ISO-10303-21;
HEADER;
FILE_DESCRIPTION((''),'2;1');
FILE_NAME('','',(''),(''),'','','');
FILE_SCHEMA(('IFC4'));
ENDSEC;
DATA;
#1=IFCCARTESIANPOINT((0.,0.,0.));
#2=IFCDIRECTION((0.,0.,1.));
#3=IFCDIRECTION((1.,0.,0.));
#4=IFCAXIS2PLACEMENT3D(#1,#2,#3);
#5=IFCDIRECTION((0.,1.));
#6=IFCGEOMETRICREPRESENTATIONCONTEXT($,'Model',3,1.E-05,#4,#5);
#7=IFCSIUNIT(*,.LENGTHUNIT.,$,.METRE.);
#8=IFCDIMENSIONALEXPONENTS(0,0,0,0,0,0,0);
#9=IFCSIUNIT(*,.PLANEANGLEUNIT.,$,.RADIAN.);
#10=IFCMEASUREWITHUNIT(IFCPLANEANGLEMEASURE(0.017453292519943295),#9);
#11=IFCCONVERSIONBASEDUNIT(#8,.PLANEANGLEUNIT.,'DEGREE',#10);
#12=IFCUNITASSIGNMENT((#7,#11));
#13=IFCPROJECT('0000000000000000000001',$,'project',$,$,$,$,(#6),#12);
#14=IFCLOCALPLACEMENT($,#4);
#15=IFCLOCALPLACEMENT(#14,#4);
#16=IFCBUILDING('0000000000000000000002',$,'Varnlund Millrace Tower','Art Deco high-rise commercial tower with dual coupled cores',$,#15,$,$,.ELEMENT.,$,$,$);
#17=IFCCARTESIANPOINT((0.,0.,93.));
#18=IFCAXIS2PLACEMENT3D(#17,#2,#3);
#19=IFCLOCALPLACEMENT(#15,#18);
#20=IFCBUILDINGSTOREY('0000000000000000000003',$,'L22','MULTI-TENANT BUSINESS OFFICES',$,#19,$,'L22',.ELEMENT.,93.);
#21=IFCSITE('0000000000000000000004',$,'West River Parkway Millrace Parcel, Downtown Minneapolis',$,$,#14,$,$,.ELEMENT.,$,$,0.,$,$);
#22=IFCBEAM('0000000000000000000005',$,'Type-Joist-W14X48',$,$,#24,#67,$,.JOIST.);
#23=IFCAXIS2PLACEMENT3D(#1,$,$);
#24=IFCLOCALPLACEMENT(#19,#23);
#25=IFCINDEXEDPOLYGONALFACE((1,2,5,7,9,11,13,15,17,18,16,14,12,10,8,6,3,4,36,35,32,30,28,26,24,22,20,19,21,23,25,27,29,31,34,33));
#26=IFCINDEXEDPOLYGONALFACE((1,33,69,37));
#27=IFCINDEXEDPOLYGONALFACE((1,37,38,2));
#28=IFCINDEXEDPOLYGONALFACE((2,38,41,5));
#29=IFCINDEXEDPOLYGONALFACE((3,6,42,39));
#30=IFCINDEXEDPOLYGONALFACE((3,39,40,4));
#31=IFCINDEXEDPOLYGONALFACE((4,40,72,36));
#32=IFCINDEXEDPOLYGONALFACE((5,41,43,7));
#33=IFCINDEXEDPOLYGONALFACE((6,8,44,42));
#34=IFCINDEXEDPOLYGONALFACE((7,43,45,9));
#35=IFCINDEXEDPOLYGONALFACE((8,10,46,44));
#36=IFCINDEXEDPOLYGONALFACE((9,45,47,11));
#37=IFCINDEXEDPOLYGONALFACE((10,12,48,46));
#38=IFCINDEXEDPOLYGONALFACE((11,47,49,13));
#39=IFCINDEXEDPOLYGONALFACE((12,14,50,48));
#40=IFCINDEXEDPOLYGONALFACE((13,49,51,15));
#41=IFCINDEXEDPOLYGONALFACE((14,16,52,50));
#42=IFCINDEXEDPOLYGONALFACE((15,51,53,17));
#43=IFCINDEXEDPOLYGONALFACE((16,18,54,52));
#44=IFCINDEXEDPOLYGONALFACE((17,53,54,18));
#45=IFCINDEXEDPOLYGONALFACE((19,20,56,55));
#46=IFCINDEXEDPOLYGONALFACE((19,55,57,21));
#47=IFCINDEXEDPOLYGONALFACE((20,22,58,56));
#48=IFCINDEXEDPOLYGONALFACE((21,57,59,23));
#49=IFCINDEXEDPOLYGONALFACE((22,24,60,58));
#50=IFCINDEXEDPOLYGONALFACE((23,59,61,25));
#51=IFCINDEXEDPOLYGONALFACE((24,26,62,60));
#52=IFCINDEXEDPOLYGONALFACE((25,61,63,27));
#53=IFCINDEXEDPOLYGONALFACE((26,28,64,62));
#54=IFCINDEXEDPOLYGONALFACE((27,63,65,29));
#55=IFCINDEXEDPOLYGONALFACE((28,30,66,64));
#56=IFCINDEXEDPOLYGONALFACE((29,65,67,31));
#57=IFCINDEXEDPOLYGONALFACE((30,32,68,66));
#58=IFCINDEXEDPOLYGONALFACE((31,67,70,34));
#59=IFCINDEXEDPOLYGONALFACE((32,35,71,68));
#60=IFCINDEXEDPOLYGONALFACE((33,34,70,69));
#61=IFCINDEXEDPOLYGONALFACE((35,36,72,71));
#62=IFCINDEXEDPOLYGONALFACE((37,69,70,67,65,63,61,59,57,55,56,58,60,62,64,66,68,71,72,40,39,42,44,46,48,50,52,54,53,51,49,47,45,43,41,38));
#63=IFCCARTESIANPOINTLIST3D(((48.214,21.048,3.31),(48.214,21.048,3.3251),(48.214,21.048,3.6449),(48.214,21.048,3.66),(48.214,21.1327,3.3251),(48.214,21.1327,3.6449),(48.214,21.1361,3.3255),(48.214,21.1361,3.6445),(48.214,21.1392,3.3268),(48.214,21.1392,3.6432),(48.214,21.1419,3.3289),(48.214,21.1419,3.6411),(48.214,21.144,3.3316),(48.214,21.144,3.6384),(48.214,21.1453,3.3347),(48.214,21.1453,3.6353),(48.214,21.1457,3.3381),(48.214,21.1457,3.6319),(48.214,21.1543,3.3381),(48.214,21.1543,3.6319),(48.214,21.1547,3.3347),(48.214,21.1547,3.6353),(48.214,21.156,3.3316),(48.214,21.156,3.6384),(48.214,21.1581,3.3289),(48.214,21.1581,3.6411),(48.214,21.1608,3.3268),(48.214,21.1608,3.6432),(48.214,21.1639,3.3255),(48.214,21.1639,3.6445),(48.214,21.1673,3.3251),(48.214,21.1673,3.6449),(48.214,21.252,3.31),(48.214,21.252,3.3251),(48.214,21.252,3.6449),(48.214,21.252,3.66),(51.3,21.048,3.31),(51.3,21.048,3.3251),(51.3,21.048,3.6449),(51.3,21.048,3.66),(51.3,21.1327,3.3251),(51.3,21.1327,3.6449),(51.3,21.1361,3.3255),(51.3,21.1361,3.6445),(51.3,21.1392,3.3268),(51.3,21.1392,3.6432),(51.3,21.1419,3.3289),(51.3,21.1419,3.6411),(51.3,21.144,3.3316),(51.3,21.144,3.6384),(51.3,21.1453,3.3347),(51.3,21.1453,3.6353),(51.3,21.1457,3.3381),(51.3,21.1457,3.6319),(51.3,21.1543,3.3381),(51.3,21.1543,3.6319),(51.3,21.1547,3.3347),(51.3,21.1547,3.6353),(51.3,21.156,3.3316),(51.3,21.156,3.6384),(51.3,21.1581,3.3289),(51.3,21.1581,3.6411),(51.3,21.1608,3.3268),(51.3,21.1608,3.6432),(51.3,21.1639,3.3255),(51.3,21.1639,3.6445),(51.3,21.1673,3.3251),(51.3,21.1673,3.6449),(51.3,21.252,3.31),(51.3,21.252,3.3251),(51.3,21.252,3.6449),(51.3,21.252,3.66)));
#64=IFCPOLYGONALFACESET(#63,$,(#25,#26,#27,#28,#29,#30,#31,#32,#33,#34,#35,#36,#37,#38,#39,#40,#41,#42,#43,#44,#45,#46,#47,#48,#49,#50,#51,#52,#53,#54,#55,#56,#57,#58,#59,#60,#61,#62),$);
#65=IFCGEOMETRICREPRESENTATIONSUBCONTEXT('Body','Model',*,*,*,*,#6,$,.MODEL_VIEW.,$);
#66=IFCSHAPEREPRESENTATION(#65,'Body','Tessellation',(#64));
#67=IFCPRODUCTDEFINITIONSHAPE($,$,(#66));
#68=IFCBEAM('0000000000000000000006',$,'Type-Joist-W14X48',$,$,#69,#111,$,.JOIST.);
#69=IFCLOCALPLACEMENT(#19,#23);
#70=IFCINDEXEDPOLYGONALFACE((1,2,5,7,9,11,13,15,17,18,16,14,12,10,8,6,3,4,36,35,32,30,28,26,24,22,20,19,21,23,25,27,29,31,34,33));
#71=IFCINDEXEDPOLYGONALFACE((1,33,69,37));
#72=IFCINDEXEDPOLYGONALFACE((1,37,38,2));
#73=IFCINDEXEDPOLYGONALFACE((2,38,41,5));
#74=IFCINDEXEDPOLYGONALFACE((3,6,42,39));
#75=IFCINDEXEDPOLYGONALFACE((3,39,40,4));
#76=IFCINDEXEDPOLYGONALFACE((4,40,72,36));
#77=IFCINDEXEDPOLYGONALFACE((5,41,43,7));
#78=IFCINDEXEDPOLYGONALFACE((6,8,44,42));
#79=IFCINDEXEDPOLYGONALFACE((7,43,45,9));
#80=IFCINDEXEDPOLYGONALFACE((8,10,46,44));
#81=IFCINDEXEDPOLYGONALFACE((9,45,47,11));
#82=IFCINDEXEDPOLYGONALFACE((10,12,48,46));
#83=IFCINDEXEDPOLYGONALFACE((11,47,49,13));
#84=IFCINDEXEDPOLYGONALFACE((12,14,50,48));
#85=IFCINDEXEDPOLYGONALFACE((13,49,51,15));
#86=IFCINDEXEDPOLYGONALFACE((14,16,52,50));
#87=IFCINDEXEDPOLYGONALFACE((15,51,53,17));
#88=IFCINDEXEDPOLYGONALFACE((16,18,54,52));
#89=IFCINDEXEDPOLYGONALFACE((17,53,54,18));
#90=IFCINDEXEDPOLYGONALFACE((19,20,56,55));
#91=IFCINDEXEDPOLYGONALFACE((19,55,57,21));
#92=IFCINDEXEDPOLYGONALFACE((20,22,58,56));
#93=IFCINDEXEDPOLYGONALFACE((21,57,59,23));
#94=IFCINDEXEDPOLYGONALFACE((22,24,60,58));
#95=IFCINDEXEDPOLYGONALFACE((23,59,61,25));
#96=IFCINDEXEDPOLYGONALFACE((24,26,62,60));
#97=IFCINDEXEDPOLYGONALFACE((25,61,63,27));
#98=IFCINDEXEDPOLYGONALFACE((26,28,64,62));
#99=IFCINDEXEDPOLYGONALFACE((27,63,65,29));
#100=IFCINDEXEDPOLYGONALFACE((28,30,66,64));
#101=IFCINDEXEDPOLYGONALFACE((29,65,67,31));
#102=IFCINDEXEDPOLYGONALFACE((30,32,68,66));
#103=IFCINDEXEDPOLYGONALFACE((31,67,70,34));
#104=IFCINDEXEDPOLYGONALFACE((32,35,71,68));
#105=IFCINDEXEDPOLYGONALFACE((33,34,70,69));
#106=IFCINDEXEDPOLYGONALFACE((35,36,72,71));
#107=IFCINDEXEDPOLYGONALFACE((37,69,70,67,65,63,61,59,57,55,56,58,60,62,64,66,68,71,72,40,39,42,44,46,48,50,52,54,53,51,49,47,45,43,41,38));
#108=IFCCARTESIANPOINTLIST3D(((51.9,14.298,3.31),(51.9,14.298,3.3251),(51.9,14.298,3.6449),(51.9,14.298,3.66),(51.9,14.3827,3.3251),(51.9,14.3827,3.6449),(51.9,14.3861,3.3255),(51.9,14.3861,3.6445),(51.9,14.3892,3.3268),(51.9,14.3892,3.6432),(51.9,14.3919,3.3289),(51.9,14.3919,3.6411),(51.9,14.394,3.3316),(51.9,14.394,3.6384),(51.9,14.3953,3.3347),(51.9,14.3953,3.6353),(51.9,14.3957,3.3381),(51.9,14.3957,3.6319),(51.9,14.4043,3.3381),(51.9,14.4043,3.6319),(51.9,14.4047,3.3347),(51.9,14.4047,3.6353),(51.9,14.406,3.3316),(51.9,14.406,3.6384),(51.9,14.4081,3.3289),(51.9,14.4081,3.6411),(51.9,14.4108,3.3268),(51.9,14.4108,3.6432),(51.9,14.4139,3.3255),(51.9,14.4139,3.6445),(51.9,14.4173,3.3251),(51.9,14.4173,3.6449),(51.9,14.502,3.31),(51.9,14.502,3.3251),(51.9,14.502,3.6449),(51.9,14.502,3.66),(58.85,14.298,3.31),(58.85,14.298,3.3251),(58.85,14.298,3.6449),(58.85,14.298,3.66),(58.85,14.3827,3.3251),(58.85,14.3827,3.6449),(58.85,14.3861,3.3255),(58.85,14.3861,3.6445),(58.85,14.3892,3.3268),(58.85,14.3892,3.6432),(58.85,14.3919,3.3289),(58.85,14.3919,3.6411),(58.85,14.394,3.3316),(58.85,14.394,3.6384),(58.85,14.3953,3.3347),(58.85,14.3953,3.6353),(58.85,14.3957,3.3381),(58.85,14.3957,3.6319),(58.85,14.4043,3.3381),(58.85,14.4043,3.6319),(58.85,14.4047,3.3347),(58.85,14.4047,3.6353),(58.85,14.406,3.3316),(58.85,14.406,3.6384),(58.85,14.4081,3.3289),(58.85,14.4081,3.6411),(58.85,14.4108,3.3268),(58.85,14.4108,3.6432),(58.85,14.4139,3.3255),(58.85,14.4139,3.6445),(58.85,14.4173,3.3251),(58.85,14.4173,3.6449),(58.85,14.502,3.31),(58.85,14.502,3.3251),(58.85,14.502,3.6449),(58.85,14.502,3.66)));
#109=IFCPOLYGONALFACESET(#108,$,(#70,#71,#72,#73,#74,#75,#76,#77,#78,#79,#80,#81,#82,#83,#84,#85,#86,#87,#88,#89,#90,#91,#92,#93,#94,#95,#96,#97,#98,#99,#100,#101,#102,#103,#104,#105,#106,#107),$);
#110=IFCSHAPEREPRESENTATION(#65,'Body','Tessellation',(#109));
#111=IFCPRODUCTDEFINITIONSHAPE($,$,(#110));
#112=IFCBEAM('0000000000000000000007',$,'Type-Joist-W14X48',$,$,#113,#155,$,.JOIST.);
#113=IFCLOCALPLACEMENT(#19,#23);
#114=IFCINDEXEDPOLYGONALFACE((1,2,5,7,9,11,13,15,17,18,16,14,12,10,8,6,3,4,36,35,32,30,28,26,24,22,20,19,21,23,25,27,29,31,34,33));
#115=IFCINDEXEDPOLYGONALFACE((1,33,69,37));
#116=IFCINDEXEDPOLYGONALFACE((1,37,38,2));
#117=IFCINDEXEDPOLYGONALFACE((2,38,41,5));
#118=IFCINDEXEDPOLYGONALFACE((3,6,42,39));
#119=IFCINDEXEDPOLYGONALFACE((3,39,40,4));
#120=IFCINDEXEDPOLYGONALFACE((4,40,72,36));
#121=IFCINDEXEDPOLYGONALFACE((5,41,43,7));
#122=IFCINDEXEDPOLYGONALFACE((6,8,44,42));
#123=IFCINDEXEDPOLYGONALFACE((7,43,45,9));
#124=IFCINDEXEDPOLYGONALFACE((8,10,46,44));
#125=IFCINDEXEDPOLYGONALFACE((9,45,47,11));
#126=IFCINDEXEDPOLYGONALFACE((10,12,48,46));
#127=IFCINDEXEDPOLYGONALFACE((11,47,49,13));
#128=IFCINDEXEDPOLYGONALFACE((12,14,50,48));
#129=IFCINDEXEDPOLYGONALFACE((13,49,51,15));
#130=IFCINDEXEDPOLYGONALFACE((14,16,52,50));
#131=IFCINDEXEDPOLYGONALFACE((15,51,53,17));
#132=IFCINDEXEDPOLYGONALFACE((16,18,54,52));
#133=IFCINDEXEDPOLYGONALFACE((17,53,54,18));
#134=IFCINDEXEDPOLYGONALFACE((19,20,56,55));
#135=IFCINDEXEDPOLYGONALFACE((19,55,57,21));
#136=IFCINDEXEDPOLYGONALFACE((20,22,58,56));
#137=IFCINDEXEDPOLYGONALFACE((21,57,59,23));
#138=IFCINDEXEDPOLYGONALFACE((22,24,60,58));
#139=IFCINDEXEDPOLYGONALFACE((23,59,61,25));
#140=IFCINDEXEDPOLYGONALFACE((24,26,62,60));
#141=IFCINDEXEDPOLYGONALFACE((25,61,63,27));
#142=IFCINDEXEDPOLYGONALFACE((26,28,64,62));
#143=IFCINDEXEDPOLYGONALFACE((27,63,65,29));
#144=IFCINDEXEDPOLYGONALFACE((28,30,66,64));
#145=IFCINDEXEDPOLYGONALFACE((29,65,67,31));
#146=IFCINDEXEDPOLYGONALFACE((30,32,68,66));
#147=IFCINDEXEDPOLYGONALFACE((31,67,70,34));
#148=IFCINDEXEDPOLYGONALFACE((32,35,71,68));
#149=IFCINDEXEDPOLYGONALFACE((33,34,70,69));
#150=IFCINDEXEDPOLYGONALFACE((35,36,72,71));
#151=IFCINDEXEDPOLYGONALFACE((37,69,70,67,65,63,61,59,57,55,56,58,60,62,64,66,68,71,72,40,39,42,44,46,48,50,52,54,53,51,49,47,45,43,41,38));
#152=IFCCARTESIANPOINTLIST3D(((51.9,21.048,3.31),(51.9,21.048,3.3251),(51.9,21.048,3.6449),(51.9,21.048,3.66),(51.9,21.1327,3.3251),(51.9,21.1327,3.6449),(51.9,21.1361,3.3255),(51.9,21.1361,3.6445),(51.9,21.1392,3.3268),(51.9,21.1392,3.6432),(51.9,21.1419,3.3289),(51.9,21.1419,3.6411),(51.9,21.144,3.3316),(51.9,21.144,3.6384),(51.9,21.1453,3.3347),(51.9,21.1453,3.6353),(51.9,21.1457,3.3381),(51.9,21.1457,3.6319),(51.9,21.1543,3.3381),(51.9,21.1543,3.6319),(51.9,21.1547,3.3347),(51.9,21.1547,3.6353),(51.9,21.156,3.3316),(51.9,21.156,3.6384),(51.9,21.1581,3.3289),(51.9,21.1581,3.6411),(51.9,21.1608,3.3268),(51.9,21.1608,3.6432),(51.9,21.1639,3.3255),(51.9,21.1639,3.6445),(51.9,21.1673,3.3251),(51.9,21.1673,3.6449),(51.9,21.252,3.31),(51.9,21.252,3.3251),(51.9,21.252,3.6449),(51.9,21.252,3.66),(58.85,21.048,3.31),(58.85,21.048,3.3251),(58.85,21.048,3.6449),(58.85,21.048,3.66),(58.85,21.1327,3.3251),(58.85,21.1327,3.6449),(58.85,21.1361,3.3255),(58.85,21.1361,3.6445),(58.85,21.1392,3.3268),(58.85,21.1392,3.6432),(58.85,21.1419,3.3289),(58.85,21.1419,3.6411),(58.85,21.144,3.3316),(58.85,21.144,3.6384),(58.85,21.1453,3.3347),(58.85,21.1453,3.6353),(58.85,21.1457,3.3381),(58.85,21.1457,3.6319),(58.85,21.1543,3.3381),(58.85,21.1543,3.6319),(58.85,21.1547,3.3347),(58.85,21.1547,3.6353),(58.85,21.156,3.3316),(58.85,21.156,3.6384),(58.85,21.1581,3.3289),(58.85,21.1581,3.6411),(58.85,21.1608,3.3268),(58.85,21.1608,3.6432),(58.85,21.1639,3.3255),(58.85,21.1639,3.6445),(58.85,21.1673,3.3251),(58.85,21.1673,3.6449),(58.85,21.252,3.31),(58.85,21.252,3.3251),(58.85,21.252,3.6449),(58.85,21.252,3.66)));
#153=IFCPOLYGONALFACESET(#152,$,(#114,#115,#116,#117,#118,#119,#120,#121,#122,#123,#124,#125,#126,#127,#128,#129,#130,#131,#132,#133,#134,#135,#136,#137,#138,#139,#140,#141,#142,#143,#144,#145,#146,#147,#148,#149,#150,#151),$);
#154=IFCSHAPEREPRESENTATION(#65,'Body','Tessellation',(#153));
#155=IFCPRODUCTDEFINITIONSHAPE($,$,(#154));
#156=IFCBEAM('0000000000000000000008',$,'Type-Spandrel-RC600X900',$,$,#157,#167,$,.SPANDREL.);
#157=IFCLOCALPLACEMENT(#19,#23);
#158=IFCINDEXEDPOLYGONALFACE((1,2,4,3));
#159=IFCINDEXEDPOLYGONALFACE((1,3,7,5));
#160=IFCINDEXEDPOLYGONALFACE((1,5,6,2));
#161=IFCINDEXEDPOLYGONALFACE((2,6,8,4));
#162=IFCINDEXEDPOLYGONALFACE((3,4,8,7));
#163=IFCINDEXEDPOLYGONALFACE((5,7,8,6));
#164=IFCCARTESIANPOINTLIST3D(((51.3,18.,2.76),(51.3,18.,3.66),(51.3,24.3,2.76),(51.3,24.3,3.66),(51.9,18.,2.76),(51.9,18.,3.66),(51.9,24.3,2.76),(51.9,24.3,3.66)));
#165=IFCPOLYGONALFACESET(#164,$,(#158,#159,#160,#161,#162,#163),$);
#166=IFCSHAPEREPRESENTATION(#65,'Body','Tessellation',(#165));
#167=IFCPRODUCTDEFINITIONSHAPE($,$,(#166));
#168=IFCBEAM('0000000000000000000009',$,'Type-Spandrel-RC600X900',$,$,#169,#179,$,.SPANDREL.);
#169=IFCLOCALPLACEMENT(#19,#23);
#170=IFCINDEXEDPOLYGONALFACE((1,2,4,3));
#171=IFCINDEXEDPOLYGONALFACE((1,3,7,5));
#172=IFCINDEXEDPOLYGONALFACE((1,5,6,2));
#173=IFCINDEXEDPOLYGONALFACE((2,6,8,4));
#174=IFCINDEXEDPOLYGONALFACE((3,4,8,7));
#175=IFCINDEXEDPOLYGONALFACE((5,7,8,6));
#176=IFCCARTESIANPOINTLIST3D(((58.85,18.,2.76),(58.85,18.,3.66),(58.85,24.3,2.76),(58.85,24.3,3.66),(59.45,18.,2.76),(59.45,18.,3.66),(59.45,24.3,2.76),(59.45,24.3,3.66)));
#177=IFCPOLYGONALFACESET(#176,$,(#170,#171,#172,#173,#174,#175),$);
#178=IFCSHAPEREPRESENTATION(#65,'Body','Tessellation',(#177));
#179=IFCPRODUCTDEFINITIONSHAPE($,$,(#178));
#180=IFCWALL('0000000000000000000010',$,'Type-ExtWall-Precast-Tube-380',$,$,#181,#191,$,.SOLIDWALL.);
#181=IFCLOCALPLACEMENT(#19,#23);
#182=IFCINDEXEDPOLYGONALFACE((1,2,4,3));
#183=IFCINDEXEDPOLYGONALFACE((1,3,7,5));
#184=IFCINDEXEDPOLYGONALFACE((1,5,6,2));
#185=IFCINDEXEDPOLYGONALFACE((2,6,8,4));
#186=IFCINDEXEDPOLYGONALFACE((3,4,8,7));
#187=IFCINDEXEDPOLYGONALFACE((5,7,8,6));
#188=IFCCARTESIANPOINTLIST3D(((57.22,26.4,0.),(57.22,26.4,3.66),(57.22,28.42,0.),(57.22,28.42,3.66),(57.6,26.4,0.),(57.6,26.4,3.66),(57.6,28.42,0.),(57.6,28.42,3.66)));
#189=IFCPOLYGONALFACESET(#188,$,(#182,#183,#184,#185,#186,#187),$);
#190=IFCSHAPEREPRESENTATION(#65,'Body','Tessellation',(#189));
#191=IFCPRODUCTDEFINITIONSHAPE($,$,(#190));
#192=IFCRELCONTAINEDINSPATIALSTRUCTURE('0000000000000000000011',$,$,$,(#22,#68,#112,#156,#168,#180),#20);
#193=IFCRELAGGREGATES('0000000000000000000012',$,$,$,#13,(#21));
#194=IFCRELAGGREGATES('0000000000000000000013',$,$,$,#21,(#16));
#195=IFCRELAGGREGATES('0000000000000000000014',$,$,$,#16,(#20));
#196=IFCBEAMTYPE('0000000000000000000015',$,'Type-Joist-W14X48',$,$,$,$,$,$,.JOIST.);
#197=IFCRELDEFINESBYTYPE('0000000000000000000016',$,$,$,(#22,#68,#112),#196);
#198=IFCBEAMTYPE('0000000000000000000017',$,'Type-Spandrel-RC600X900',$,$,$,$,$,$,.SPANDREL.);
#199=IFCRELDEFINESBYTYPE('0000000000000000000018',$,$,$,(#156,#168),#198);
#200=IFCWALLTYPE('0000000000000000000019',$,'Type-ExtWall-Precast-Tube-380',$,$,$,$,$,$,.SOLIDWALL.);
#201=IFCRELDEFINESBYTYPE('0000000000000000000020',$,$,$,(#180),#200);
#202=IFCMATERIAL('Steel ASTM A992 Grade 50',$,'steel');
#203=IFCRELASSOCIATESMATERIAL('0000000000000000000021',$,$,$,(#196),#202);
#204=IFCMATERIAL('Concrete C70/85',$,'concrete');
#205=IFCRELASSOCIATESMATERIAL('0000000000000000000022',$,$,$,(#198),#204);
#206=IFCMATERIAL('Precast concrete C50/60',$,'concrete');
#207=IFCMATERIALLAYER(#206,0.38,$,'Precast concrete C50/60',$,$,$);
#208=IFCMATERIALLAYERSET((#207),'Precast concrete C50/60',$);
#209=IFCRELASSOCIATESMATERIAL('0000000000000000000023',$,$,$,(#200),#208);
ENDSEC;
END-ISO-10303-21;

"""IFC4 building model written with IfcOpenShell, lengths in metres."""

from ifc_helpers import new_model, entity, si_unit, converted_unit, direction, frame, origin_with_axes, origin_2d_with_axis, place, context, subcontext, project, spatial, polyline, rectangle, i_section, outline, extrude, material, layer, layer_set, material_profile, profile_set, type_object, element, save


model = new_model("IFC4")

# Units and contexts
model_context = context("Model", 3, precision=1e-05, world=origin_with_axes(), true_north=direction((0.0, 1.0)))
body_context = subcontext(model_context, "Body", "Model", "MODEL_VIEW")
ifc_project = project(units=[si_unit("LENGTHUNIT", "METRE"), converted_unit("PLANEANGLEUNIT", "DEGREE", entity("IfcPlaneAngleMeasure", 0.017453292519943295), si_unit("PLANEANGLEUNIT", "RADIAN"), dimensions=[0, 0, 0, 0, 0, 0, 0])], contexts=[model_context])

# Site, building, storey
site_placement = place(None, origin_with_axes())
site = spatial("IfcSite", under=ifc_project, at=site_placement, Name="West River Parkway Millrace Parcel, Downtown Minneapolis", CompositionType="ELEMENT", RefElevation=0.0)
building_placement = place(site_placement, origin_with_axes())
building = spatial("IfcBuilding", under=site, at=building_placement, Name="Varnlund Millrace Tower", Description="Art Deco high-rise commercial tower with dual coupled cores", CompositionType="ELEMENT")
storey_placement = place(building_placement, frame((0.0, 0.0, 93.0), z_axis=(0.0, 0.0, 1.0), x_axis=(1.0, 0.0, 0.0)))
storey = spatial("IfcBuildingStorey", under=building, at=storey_placement, Name="L22", Description="MULTI-TENANT BUSINESS OFFICES", LongName="L22", CompositionType="ELEMENT", Elevation=93.0)

# Beams
ifc_material_1 = material(Name="Steel ASTM A992 Grade 50", Category="steel")
ifc_material_profile_1 = material_profile(ifc_material_1, i_section(OverallWidth=0.204, OverallDepth=0.35, WebThickness=0.0086, FlangeThickness=0.0151, FilletRadius=0.013, at=origin_2d_with_axis()), Name="Steel ASTM A992 Grade 50")
ifc_profile_set_1 = profile_set([ifc_material_profile_1], Name="Steel ASTM A992 Grade 50")
beam_type_1 = type_object("IfcBeamType", Name="Type-Joist-W14X48", PredefinedType="JOIST", material=ifc_profile_set_1)
for number, where, z_axis, x_axis, name in (
    (1, (48.214, 21.15, 3.485), (1.0, 0.0, 0.0), (0.0, 1.0, 0.0), "Type-Joist-W14X48"),
):
    element("IfcBeam", number, at=place(storey_placement, frame(where, z_axis=z_axis, x_axis=x_axis)), inside=storey, type_object=beam_type_1, Name=name, PredefinedType="JOIST", context=body_context, shape_type="SweptSolid", body=[
        extrude(i_section(OverallWidth=0.204, OverallDepth=0.35, WebThickness=0.0086, FlangeThickness=0.0151, FilletRadius=0.013, at=origin_2d_with_axis()), origin_with_axes(), (0.0, 0.0, 1.0), 3.086),
    ])
for number, where, z_axis, x_axis, name in (
    (2, (51.9, 14.4, 3.485), (1.0, 0.0, 0.0), (0.0, 1.0, 0.0), "Type-Joist-W14X48"),
    (3, (51.9, 21.15, 3.485), (1.0, 0.0, 0.0), (0.0, 1.0, 0.0), "Type-Joist-W14X48"),
):
    element("IfcBeam", number, at=place(storey_placement, frame(where, z_axis=z_axis, x_axis=x_axis)), inside=storey, type_object=beam_type_1, Name=name, PredefinedType="JOIST", context=body_context, shape_type="SweptSolid", body=[
        extrude(i_section(OverallWidth=0.204, OverallDepth=0.35, WebThickness=0.0086, FlangeThickness=0.0151, FilletRadius=0.013, at=origin_2d_with_axis()), origin_with_axes(), (0.0, 0.0, 1.0), 6.95),
    ])
ifc_material_2 = material(Name="Concrete C70/85", Category="concrete")
ifc_material_profile_2 = material_profile(ifc_material_2, rectangle(XDim=0.6, YDim=0.9, at=origin_2d_with_axis()), Name="Concrete C70/85")
ifc_profile_set_2 = profile_set([ifc_material_profile_2], Name="Concrete C70/85")
beam_type_2 = type_object("IfcBeamType", Name="Type-Spandrel-RC600X900", PredefinedType="SPANDREL", material=ifc_profile_set_2)
for number, where, z_axis, x_axis, name in (
    (4, (51.6, 18.0, 3.21), (0.0, 1.0, 0.0), (-1.0, 0.0, 0.0), "Type-Spandrel-RC600X900"),
    (5, (59.15, 18.0, 3.21), (0.0, 1.0, 0.0), (-1.0, 0.0, 0.0), "Type-Spandrel-RC600X900"),
):
    element("IfcBeam", number, at=place(storey_placement, frame(where, z_axis=z_axis, x_axis=x_axis)), inside=storey, type_object=beam_type_2, Name=name, PredefinedType="SPANDREL", context=body_context, shape_type="SweptSolid", body=[
        extrude(rectangle(XDim=0.6, YDim=0.9, at=origin_2d_with_axis()), origin_with_axes(), (0.0, 0.0, 1.0), 6.3),
    ])

# Wall
ifc_material_3 = material(Name="Precast concrete C50/60", Category="concrete")
ifc_layer_1 = layer(ifc_material_3, 0.38, Name="Precast concrete C50/60")
ifc_layer_set_1 = layer_set([ifc_layer_1], Name="Precast concrete C50/60")
wall_type_1 = type_object("IfcWallType", Name="Type-ExtWall-Precast-Tube-380", PredefinedType="SOLIDWALL", material=ifc_layer_set_1)
wall_1_placement = place(storey_placement, frame((57.41, 28.42, 0.0), z_axis=(0.0, 0.0, 1.0), x_axis=(0.0, -1.0, 0.0)))
element("IfcWall", 6, at=wall_1_placement, inside=storey, type_object=wall_type_1, Name="Type-ExtWall-Precast-Tube-380", PredefinedType="SOLIDWALL", context=body_context, shape_type="SweptSolid", body=[
    extrude(outline(polyline([(0.0, -0.19), (2.02, -0.19), (2.02, 0.19), (0.0, 0.19), (0.0, -0.19)])), origin_with_axes(), (0.0, 0.0, 1.0), 3.66),
])

save(model, "model.ifc")
